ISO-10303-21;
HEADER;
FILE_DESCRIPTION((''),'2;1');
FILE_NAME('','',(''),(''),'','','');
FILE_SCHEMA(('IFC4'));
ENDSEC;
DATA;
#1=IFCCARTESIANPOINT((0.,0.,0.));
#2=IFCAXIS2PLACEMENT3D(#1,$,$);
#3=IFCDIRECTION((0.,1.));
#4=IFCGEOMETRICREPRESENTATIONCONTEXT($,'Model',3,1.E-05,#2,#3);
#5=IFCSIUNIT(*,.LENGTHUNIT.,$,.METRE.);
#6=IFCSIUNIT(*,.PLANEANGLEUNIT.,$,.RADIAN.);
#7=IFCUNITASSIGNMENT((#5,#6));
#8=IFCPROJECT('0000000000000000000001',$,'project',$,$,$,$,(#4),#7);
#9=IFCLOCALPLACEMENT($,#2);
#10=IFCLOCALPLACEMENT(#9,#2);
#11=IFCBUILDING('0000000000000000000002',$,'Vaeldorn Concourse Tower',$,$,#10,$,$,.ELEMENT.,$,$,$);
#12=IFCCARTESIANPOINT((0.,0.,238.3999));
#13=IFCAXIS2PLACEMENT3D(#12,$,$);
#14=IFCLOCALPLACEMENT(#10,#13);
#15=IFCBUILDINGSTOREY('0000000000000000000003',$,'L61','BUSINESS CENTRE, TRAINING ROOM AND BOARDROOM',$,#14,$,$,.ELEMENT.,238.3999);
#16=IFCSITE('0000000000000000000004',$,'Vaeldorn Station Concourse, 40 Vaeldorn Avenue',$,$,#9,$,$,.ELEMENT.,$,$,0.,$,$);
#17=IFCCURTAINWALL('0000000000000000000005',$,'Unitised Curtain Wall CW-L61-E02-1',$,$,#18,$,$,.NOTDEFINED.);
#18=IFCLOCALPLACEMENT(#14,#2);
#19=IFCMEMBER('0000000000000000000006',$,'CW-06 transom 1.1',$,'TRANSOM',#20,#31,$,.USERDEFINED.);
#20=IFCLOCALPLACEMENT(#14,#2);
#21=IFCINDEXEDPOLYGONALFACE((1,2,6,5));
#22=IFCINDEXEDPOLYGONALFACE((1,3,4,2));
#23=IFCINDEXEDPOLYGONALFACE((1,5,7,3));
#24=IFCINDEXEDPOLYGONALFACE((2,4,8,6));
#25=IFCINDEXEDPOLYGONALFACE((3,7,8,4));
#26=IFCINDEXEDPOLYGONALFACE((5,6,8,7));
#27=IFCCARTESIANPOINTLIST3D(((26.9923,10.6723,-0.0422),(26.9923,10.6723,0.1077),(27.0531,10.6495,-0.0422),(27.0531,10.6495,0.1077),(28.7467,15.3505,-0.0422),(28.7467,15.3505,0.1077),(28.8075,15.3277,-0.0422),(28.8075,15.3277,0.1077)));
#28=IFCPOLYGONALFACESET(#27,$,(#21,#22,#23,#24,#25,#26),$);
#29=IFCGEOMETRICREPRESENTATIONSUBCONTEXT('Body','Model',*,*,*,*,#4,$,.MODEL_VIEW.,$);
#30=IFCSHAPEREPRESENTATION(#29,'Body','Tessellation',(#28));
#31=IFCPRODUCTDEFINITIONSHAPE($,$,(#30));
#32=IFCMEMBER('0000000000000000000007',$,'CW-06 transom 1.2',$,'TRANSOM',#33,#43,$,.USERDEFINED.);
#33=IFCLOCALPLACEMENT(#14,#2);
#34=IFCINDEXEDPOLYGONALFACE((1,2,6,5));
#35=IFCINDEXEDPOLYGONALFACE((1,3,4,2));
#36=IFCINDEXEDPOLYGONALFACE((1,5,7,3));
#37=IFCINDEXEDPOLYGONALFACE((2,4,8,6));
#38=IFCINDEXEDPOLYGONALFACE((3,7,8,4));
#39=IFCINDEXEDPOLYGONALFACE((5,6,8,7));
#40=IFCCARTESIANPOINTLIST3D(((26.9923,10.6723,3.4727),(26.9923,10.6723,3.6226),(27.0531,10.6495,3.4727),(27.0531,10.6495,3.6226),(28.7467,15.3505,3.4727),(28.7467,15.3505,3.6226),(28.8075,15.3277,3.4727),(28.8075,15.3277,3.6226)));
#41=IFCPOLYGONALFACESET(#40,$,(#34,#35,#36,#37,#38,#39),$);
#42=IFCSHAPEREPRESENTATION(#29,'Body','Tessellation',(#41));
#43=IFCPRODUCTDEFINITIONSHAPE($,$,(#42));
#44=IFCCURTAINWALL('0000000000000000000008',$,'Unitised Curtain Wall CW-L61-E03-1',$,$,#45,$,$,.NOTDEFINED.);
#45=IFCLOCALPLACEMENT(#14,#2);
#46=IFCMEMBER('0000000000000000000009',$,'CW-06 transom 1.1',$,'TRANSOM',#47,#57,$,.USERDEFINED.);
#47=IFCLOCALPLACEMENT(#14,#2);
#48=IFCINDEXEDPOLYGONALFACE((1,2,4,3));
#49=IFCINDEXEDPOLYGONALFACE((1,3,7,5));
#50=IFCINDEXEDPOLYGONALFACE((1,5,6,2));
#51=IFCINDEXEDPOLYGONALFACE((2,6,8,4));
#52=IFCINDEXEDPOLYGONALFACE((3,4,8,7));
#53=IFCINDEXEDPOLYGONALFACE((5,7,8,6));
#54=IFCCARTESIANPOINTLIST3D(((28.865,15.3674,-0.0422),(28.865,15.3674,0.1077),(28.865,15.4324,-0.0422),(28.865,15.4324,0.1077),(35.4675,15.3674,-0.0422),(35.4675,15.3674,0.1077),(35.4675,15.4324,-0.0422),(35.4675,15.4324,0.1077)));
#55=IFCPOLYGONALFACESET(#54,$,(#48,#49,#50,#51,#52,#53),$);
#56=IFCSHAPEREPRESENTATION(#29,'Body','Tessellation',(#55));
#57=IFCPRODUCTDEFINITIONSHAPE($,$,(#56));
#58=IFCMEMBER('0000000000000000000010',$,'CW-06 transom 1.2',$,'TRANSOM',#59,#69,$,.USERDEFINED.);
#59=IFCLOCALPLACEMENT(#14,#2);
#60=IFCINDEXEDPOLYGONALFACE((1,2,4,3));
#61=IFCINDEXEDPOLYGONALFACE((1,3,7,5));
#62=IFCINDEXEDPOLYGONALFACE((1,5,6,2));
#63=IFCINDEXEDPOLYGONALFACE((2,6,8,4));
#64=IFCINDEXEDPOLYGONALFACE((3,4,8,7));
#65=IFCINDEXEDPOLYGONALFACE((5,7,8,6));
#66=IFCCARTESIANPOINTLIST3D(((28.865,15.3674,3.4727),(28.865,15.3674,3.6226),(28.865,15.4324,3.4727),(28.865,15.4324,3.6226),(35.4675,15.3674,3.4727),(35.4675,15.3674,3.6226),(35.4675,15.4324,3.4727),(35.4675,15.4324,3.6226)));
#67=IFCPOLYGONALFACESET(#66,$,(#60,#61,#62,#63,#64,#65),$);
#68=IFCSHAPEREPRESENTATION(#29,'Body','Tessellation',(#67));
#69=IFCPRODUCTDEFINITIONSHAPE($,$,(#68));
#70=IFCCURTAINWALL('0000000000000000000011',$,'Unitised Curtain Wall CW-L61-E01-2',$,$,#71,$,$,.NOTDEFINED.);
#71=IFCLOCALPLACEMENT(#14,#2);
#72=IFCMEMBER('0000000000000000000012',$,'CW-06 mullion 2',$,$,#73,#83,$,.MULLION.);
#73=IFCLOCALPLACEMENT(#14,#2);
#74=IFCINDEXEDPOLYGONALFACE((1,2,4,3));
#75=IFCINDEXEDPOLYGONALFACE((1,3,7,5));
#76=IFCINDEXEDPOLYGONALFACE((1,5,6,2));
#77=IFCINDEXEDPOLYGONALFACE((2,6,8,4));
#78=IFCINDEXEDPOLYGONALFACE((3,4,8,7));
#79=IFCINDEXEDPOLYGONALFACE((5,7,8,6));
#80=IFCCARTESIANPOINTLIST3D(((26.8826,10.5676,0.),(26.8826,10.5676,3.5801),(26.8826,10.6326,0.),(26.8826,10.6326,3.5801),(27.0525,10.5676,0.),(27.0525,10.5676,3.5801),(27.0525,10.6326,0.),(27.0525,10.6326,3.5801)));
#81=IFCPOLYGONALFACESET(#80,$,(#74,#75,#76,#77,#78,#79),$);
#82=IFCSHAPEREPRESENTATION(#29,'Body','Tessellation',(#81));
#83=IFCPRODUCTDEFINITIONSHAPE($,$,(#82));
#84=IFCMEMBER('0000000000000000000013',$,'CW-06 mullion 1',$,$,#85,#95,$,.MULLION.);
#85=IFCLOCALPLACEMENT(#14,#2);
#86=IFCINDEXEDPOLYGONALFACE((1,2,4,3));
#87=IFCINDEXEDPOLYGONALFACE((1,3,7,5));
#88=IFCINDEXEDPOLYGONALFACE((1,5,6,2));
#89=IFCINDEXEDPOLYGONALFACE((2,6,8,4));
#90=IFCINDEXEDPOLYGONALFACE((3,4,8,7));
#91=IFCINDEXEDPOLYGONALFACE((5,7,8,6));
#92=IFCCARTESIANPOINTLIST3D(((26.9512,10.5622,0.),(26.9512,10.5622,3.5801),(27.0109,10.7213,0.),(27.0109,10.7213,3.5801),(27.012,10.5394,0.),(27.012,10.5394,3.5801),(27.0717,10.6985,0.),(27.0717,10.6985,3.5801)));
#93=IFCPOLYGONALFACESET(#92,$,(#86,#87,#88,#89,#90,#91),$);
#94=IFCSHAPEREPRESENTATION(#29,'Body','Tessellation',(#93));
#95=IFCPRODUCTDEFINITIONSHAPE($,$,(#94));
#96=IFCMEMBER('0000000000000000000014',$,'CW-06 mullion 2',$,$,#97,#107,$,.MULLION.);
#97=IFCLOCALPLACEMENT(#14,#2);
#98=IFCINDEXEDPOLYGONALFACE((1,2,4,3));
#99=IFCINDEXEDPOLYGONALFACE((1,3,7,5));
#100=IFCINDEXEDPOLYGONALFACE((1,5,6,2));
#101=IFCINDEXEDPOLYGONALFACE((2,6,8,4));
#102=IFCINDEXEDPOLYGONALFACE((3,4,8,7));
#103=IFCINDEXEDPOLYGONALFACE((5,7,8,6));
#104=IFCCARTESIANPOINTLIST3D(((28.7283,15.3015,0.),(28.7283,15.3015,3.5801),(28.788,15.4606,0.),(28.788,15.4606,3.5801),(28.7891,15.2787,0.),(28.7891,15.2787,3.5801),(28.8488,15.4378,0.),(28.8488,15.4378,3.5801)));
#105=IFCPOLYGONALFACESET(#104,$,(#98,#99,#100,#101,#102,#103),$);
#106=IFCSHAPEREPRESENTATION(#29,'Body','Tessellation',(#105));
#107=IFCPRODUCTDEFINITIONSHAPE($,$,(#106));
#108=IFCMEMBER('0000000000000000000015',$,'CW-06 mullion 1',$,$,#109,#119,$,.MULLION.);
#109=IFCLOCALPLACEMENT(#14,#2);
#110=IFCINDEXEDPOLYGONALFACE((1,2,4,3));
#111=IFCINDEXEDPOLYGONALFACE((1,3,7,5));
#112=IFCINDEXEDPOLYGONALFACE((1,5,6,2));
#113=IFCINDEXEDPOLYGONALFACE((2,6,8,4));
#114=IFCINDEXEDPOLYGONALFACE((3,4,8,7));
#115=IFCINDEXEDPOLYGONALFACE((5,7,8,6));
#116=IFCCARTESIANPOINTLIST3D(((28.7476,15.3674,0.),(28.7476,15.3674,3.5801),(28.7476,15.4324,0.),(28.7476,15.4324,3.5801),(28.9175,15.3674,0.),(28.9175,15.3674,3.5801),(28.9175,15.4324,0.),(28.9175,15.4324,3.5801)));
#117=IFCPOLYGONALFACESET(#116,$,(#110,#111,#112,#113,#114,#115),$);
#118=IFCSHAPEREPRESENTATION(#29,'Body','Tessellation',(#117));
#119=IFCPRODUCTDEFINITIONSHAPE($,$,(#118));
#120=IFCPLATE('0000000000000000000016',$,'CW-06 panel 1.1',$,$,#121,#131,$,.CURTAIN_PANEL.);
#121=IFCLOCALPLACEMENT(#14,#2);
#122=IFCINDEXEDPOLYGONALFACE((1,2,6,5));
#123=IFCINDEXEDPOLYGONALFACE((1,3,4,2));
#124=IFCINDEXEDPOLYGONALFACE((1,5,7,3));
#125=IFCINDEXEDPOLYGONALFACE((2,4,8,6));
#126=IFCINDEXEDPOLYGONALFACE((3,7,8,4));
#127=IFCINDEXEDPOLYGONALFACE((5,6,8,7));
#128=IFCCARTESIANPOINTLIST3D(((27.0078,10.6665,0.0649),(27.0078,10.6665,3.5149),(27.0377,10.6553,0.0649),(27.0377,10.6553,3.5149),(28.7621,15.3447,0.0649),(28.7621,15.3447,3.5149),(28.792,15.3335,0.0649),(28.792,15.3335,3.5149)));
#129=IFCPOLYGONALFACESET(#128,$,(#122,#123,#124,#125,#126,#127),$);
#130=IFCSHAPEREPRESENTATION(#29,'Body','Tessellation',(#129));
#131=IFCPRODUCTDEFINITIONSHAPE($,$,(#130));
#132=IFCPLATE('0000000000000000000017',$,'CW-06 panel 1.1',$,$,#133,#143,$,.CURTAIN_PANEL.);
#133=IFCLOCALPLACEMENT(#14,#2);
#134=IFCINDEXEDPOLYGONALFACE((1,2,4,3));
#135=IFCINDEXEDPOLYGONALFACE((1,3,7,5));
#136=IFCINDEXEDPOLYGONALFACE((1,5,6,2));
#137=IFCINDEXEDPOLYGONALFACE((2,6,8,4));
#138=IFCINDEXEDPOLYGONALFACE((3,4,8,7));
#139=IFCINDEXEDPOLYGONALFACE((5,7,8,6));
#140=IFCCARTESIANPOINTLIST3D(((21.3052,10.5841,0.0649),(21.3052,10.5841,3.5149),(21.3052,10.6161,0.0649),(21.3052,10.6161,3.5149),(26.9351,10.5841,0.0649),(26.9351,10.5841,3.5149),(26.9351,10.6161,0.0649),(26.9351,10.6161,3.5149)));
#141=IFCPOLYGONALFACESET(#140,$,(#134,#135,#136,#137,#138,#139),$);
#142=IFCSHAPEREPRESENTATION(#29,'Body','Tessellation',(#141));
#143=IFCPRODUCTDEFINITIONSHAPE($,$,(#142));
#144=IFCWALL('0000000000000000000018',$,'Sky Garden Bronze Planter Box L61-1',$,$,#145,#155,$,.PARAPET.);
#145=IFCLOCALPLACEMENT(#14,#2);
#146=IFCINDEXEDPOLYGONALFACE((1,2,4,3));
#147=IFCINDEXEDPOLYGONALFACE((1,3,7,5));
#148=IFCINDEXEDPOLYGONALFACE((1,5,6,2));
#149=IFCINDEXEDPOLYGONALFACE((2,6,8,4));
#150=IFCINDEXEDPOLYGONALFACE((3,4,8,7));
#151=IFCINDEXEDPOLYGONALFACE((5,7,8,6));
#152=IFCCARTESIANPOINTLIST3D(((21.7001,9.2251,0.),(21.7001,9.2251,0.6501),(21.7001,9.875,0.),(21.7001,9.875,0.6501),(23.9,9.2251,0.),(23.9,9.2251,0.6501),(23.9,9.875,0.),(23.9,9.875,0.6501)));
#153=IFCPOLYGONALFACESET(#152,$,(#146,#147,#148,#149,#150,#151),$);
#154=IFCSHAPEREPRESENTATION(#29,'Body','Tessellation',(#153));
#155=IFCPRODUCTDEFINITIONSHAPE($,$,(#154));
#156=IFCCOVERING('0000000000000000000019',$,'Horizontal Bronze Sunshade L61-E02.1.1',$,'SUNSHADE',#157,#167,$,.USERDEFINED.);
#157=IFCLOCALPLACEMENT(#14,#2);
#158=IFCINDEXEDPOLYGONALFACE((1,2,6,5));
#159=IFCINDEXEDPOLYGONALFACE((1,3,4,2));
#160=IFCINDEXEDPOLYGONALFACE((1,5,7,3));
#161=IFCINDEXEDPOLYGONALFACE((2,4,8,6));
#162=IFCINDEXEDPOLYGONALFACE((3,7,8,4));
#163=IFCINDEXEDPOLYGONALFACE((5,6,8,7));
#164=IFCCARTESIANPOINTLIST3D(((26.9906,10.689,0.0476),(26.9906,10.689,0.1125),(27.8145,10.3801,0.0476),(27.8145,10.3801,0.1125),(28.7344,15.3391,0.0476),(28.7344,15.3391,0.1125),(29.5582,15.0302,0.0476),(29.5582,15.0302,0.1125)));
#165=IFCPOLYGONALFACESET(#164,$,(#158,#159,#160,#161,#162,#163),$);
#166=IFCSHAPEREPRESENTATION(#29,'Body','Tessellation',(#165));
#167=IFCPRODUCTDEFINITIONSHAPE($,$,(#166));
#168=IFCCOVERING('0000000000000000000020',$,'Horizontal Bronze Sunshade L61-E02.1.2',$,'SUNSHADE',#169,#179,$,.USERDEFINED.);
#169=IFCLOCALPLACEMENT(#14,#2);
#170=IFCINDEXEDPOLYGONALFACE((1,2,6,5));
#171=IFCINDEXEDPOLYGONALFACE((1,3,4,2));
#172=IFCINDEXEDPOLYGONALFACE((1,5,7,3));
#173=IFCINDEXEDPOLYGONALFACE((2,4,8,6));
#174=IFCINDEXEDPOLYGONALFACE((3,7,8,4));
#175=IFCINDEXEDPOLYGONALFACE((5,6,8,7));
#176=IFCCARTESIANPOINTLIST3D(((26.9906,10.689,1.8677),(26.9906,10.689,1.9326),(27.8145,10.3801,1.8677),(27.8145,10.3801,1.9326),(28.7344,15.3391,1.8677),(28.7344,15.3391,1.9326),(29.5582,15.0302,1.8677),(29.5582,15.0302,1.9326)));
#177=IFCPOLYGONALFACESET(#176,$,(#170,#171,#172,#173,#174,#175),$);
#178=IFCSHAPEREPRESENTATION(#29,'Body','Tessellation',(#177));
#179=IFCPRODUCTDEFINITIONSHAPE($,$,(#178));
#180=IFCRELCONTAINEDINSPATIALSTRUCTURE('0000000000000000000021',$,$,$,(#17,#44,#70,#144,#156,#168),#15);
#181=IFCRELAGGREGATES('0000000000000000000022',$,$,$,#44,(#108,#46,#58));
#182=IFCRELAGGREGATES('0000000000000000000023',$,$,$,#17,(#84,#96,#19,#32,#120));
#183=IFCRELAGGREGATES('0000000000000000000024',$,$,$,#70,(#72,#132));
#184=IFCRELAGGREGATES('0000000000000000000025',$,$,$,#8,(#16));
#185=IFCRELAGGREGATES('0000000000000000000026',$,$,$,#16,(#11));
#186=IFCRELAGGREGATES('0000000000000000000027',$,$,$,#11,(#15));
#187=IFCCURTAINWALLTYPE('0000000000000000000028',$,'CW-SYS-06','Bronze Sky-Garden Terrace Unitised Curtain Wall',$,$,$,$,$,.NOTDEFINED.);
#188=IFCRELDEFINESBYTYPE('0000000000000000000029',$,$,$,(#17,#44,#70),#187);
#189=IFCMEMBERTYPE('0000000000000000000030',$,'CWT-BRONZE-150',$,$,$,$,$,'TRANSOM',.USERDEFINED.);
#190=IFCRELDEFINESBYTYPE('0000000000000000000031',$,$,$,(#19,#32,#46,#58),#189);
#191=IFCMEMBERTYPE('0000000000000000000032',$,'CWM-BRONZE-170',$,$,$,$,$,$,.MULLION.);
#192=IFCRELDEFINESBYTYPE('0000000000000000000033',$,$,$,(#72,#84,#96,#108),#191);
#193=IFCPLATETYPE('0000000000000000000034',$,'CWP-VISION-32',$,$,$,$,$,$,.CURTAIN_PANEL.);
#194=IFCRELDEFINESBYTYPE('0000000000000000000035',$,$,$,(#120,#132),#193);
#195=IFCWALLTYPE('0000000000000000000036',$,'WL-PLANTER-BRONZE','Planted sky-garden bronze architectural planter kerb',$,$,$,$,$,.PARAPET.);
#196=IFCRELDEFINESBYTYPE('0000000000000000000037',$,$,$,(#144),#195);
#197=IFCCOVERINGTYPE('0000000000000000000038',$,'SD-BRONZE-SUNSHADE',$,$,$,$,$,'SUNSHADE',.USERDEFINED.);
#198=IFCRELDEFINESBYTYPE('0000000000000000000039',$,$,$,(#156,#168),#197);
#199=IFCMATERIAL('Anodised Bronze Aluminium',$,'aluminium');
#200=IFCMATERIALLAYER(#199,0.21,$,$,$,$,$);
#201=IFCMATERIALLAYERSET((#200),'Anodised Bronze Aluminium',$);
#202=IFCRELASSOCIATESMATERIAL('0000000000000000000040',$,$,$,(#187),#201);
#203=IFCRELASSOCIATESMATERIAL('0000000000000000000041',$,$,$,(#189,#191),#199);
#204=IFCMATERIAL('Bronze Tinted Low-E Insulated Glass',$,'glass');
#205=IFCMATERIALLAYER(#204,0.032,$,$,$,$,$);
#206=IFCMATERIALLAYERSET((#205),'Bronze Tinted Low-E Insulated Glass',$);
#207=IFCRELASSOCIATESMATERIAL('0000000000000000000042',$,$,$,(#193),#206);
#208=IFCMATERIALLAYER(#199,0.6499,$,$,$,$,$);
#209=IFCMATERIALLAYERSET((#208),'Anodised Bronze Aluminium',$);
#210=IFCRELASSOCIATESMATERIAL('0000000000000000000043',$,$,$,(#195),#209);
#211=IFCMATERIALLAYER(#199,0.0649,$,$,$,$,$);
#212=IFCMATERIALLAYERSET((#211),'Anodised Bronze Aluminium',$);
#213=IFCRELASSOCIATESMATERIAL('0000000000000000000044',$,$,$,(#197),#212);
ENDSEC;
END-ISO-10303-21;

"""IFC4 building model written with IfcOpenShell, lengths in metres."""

from ifc_helpers import new_model, si_unit, direction, frame, frame_2d, origin, origin_2d, place, context, subcontext, project, spatial, rectangle, extrude, source, transform, mapped, material, layer, layer_set, material_profile, profile_set, type_object, element, aggregate, save


model = new_model("IFC4")

# Units and contexts
model_context = context("Model", 3, precision=1e-05, world=origin(), true_north=direction((0.0, 1.0)))
body_context = subcontext(model_context, "Body", "Model", "MODEL_VIEW")
ifc_project = project(units=[si_unit("LENGTHUNIT", "METRE"), si_unit("PLANEANGLEUNIT", "RADIAN")], contexts=[model_context])

# Site, building, storey
site_placement = place(None, origin())
site = spatial("IfcSite", under=ifc_project, at=site_placement, Name="Vaeldorn Station Concourse, 40 Vaeldorn Avenue", CompositionType="ELEMENT", RefElevation=0.0)
building_placement = place(site_placement, origin())
building = spatial("IfcBuilding", under=site, at=building_placement, Name="Vaeldorn Concourse Tower", CompositionType="ELEMENT")
storey_placement = place(building_placement, frame((0.0, 0.0, 238.3999)))
storey = spatial("IfcBuildingStorey", under=building, at=storey_placement, Name="L61", Description="BUSINESS CENTRE, TRAINING ROOM AND BOARDROOM", CompositionType="ELEMENT", Elevation=238.3999)

# Curtain walls, members
ifc_material_1 = material(Name="Anodised Bronze Aluminium", Category="aluminium")
ifc_layer_1 = layer(ifc_material_1, 0.21)
ifc_layer_set_1 = layer_set([ifc_layer_1], Name="Anodised Bronze Aluminium")
curtain_wall_type = type_object("IfcCurtainWallType", Name="CW-SYS-06", Description="Bronze Sky-Garden Terrace Unitised Curtain Wall", PredefinedType="NOTDEFINED", material=ifc_layer_set_1)
curtain_wall_1_placement = place(storey_placement, origin())
curtain_wall_1 = element("IfcCurtainWall", 1, at=curtain_wall_1_placement, inside=storey, type_object=curtain_wall_type, Name="Unitised Curtain Wall CW-L61-E02-1", PredefinedType="NOTDEFINED")
ifc_material_profile_1 = material_profile(ifc_material_1, rectangle(XDim=0.0649, YDim=0.1499, at=origin_2d()), Name="CWT 65x150")
ifc_profile_set_1 = profile_set([ifc_material_profile_1], Name="Anodised Bronze Aluminium")
member_type_1 = type_object("IfcMemberType", Name="CWT-BRONZE-150", ElementType="TRANSOM", PredefinedType="USERDEFINED", material=ifc_profile_set_1)
shared_shape_1 = source(origin(), body_context, "Body", "SweptSolid", [
    extrude(rectangle(XDim=0.0649, YDim=0.1499, at=origin_2d()), origin(), (0.0, 0.0, 1.0), 4.9963),
])
member_1_placement = place(storey_placement, frame((27.0227, 10.6609, 0.0327), z_axis=(0.351134, 0.936325, 0.0), x_axis=(-0.936325, 0.351134, 0.0)))
member_1 = element("IfcMember", 2, at=member_1_placement, type_object=member_type_1, Name="CW-06 transom 1.1", ObjectType="TRANSOM", PredefinedType="USERDEFINED", context=body_context, shape_type="MappedRepresentation", body=[
    mapped(shared_shape_1, transform((0.0, 0.0, 0.0), scale=1.0)),
])
member_2_placement = place(storey_placement, frame((27.0227, 10.6609, 3.5476), z_axis=(0.351134, 0.936325, 0.0), x_axis=(-0.936325, 0.351134, 0.0)))
member_2 = element("IfcMember", 3, at=member_2_placement, type_object=member_type_1, Name="CW-06 transom 1.2", ObjectType="TRANSOM", PredefinedType="USERDEFINED", context=body_context, shape_type="MappedRepresentation", body=[
    mapped(shared_shape_1, transform((0.0, 0.0, 0.0), scale=1.0)),
])
curtain_wall_2_placement = place(storey_placement, origin())
curtain_wall_2 = element("IfcCurtainWall", 4, at=curtain_wall_2_placement, inside=storey, type_object=curtain_wall_type, Name="Unitised Curtain Wall CW-L61-E03-1", PredefinedType="NOTDEFINED")
shared_shape_2 = source(origin(), body_context, "Body", "SweptSolid", [
    extrude(rectangle(XDim=0.0649, YDim=0.1499, at=origin_2d()), origin(), (0.0, 0.0, 1.0), 6.6025),
])
member_3_placement = place(storey_placement, frame((28.865, 15.3999, 0.0327), z_axis=(1.0, 0.0, 0.0), x_axis=(0.0, 1.0, 0.0)))
member_3 = element("IfcMember", 5, at=member_3_placement, type_object=member_type_1, Name="CW-06 transom 1.1", ObjectType="TRANSOM", PredefinedType="USERDEFINED", context=body_context, shape_type="MappedRepresentation", body=[
    mapped(shared_shape_2, transform((0.0, 0.0, 0.0), scale=1.0)),
])
member_4_placement = place(storey_placement, frame((28.865, 15.3999, 3.5476), z_axis=(1.0, 0.0, 0.0), x_axis=(0.0, 1.0, 0.0)))
member_4 = element("IfcMember", 6, at=member_4_placement, type_object=member_type_1, Name="CW-06 transom 1.2", ObjectType="TRANSOM", PredefinedType="USERDEFINED", context=body_context, shape_type="MappedRepresentation", body=[
    mapped(shared_shape_2, transform((0.0, 0.0, 0.0), scale=1.0)),
])

# Curtain wall, member
curtain_wall_3_placement = place(storey_placement, origin())
curtain_wall_3 = element("IfcCurtainWall", 7, at=curtain_wall_3_placement, inside=storey, type_object=curtain_wall_type, Name="Unitised Curtain Wall CW-L61-E01-2", PredefinedType="NOTDEFINED")
ifc_material_profile_2 = material_profile(ifc_material_1, rectangle(XDim=0.0649, YDim=0.1699, at=origin_2d()), Name="CWM 65x170")
ifc_profile_set_2 = profile_set([ifc_material_profile_2], Name="Anodised Bronze Aluminium")
member_type_2 = type_object("IfcMemberType", Name="CWM-BRONZE-170", PredefinedType="MULLION", material=ifc_profile_set_2)
shared_shape_3 = source(origin(), body_context, "Body", "SweptSolid", [
    extrude(rectangle(XDim=0.0649, YDim=0.1699, at=origin_2d()), origin(), (0.0, 0.0, 1.0), 3.5801),
])
member_5_placement = place(storey_placement, frame((26.9675, 10.6001, 0.0), z_axis=(0.0, 0.0, 1.0), x_axis=(0.0, 1.0, 0.0)))
member_5 = element("IfcMember", 8, at=member_5_placement, type_object=member_type_2, Name="CW-06 mullion 2", PredefinedType="MULLION", context=body_context, shape_type="MappedRepresentation", body=[
    mapped(shared_shape_3, transform((0.0, 0.0, 0.0), scale=1.0)),
])

# Members
member_6_placement = place(storey_placement, frame((27.0115, 10.6304, 0.0), z_axis=(0.0, 0.0, 1.0), x_axis=(-0.936329, 0.351123, 0.0)))
member_6 = element("IfcMember", 9, at=member_6_placement, type_object=member_type_2, Name="CW-06 mullion 1", PredefinedType="MULLION", context=body_context, shape_type="MappedRepresentation", body=[
    mapped(shared_shape_3, transform((0.0, 0.0, 0.0), scale=1.0)),
])
member_7_placement = place(storey_placement, frame((28.7886, 15.3696, 0.0), z_axis=(0.0, 0.0, 1.0), x_axis=(-0.936329, 0.351123, 0.0)))
member_7 = element("IfcMember", 10, at=member_7_placement, type_object=member_type_2, Name="CW-06 mullion 2", PredefinedType="MULLION", context=body_context, shape_type="MappedRepresentation", body=[
    mapped(shared_shape_3, transform((0.0, 0.0, 0.0), scale=1.0)),
])
member_8_placement = place(storey_placement, frame((28.8325, 15.3999, 0.0), z_axis=(0.0, 0.0, 1.0), x_axis=(0.0, 1.0, 0.0)))
member_8 = element("IfcMember", 11, at=member_8_placement, type_object=member_type_2, Name="CW-06 mullion 1", PredefinedType="MULLION", context=body_context, shape_type="MappedRepresentation", body=[
    mapped(shared_shape_3, transform((0.0, 0.0, 0.0), scale=1.0)),
])
aggregate(curtain_wall_2, [member_8, member_3, member_4])

# Plates
ifc_material_2 = material(Name="Bronze Tinted Low-E Insulated Glass", Category="glass")
ifc_layer_2 = layer(ifc_material_2, 0.032)
ifc_layer_set_2 = layer_set([ifc_layer_2], Name="Bronze Tinted Low-E Insulated Glass")
plate_type = type_object("IfcPlateType", Name="CWP-VISION-32", PredefinedType="CURTAIN_PANEL", material=ifc_layer_set_2)
shared_shape_4 = source(origin(), body_context, "Body", "SweptSolid", [
    extrude(rectangle(XDim=4.9963, YDim=0.032, at=origin_2d()), origin(), (0.0, 0.0, 1.0), 3.45),
])
plate_1_placement = place(storey_placement, frame((27.8999, 13.0, 0.0649), z_axis=(0.0, 0.0, 1.0), x_axis=(0.351123, 0.936329, 0.0)))
plate_1 = element("IfcPlate", 12, at=plate_1_placement, type_object=plate_type, Name="CW-06 panel 1.1", PredefinedType="CURTAIN_PANEL", context=body_context, shape_type="MappedRepresentation", body=[
    mapped(shared_shape_4, transform((0.0, 0.0, 0.0), scale=1.0)),
])
aggregate(curtain_wall_1, [member_6, member_7, member_1, member_2, plate_1])
shared_shape_5 = source(origin(), body_context, "Body", "SweptSolid", [
    extrude(rectangle(XDim=5.6299, YDim=0.032, at=origin_2d()), origin(), (0.0, 0.0, 1.0), 3.45),
])
plate_2_placement = place(storey_placement, frame((24.1201, 10.6001, 0.0649), z_axis=(0.0, 0.0, 1.0), x_axis=(1.0, 0.0, 0.0)))
plate_2 = element("IfcPlate", 13, at=plate_2_placement, type_object=plate_type, Name="CW-06 panel 1.1", PredefinedType="CURTAIN_PANEL", context=body_context, shape_type="MappedRepresentation", body=[
    mapped(shared_shape_5, transform((0.0, 0.0, 0.0), scale=1.0)),
])
aggregate(curtain_wall_3, [member_5, plate_2])

# Wall
ifc_layer_3 = layer(ifc_material_1, 0.6499)
ifc_layer_set_3 = layer_set([ifc_layer_3], Name="Anodised Bronze Aluminium")
wall_type = type_object("IfcWallType", Name="WL-PLANTER-BRONZE", Description="Planted sky-garden bronze architectural planter kerb", PredefinedType="PARAPET", material=ifc_layer_set_3)
wall_placement = place(storey_placement, frame((21.7, 9.55, 0.0), z_axis=(0.0, 0.0, 1.0), x_axis=(1.0, 0.0, 0.0)))
element("IfcWall", 14, at=wall_placement, inside=storey, type_object=wall_type, Name="Sky Garden Bronze Planter Box L61-1", PredefinedType="PARAPET", context=body_context, shape_type="SweptSolid", body=[
    extrude(rectangle(XDim=2.2, YDim=0.6499, at=frame_2d((1.1001, 0.0))), origin(), (0.0, 0.0, 1.0), 0.6501),
])

# Coverings
ifc_layer_4 = layer(ifc_material_1, 0.0649)
ifc_layer_set_4 = layer_set([ifc_layer_4], Name="Anodised Bronze Aluminium")
covering_type = type_object("IfcCoveringType", Name="SD-BRONZE-SUNSHADE", ElementType="SUNSHADE", PredefinedType="USERDEFINED", material=ifc_layer_set_4)
shared_shape_6 = source(origin(), body_context, "Body", "SweptSolid", [
    extrude(rectangle(XDim=4.9663, YDim=0.8799, at=origin_2d()), origin(), (0.0, 0.0, 1.0), 0.0649),
])
for number, where, z_axis, x_axis, name in (
    (15, (28.2744, 12.8596, 0.0476), (0.0, 0.0, 1.0), (0.351123, 0.936329, 0.0), "Horizontal Bronze Sunshade L61-E02.1.1"),
    (16, (28.2744, 12.8596, 1.8677), (0.0, 0.0, 1.0), (0.351123, 0.936329, 0.0), "Horizontal Bronze Sunshade L61-E02.1.2"),
):
    element("IfcCovering", number, at=place(storey_placement, frame(where, z_axis=z_axis, x_axis=x_axis)), inside=storey, type_object=covering_type, Name=name, ObjectType="SUNSHADE", PredefinedType="USERDEFINED", context=body_context, shape_type="MappedRepresentation", body=[
        mapped(shared_shape_6, transform((0.0, 0.0, 0.0), scale=1.0)),
    ])

save(model, "model.ifc")
